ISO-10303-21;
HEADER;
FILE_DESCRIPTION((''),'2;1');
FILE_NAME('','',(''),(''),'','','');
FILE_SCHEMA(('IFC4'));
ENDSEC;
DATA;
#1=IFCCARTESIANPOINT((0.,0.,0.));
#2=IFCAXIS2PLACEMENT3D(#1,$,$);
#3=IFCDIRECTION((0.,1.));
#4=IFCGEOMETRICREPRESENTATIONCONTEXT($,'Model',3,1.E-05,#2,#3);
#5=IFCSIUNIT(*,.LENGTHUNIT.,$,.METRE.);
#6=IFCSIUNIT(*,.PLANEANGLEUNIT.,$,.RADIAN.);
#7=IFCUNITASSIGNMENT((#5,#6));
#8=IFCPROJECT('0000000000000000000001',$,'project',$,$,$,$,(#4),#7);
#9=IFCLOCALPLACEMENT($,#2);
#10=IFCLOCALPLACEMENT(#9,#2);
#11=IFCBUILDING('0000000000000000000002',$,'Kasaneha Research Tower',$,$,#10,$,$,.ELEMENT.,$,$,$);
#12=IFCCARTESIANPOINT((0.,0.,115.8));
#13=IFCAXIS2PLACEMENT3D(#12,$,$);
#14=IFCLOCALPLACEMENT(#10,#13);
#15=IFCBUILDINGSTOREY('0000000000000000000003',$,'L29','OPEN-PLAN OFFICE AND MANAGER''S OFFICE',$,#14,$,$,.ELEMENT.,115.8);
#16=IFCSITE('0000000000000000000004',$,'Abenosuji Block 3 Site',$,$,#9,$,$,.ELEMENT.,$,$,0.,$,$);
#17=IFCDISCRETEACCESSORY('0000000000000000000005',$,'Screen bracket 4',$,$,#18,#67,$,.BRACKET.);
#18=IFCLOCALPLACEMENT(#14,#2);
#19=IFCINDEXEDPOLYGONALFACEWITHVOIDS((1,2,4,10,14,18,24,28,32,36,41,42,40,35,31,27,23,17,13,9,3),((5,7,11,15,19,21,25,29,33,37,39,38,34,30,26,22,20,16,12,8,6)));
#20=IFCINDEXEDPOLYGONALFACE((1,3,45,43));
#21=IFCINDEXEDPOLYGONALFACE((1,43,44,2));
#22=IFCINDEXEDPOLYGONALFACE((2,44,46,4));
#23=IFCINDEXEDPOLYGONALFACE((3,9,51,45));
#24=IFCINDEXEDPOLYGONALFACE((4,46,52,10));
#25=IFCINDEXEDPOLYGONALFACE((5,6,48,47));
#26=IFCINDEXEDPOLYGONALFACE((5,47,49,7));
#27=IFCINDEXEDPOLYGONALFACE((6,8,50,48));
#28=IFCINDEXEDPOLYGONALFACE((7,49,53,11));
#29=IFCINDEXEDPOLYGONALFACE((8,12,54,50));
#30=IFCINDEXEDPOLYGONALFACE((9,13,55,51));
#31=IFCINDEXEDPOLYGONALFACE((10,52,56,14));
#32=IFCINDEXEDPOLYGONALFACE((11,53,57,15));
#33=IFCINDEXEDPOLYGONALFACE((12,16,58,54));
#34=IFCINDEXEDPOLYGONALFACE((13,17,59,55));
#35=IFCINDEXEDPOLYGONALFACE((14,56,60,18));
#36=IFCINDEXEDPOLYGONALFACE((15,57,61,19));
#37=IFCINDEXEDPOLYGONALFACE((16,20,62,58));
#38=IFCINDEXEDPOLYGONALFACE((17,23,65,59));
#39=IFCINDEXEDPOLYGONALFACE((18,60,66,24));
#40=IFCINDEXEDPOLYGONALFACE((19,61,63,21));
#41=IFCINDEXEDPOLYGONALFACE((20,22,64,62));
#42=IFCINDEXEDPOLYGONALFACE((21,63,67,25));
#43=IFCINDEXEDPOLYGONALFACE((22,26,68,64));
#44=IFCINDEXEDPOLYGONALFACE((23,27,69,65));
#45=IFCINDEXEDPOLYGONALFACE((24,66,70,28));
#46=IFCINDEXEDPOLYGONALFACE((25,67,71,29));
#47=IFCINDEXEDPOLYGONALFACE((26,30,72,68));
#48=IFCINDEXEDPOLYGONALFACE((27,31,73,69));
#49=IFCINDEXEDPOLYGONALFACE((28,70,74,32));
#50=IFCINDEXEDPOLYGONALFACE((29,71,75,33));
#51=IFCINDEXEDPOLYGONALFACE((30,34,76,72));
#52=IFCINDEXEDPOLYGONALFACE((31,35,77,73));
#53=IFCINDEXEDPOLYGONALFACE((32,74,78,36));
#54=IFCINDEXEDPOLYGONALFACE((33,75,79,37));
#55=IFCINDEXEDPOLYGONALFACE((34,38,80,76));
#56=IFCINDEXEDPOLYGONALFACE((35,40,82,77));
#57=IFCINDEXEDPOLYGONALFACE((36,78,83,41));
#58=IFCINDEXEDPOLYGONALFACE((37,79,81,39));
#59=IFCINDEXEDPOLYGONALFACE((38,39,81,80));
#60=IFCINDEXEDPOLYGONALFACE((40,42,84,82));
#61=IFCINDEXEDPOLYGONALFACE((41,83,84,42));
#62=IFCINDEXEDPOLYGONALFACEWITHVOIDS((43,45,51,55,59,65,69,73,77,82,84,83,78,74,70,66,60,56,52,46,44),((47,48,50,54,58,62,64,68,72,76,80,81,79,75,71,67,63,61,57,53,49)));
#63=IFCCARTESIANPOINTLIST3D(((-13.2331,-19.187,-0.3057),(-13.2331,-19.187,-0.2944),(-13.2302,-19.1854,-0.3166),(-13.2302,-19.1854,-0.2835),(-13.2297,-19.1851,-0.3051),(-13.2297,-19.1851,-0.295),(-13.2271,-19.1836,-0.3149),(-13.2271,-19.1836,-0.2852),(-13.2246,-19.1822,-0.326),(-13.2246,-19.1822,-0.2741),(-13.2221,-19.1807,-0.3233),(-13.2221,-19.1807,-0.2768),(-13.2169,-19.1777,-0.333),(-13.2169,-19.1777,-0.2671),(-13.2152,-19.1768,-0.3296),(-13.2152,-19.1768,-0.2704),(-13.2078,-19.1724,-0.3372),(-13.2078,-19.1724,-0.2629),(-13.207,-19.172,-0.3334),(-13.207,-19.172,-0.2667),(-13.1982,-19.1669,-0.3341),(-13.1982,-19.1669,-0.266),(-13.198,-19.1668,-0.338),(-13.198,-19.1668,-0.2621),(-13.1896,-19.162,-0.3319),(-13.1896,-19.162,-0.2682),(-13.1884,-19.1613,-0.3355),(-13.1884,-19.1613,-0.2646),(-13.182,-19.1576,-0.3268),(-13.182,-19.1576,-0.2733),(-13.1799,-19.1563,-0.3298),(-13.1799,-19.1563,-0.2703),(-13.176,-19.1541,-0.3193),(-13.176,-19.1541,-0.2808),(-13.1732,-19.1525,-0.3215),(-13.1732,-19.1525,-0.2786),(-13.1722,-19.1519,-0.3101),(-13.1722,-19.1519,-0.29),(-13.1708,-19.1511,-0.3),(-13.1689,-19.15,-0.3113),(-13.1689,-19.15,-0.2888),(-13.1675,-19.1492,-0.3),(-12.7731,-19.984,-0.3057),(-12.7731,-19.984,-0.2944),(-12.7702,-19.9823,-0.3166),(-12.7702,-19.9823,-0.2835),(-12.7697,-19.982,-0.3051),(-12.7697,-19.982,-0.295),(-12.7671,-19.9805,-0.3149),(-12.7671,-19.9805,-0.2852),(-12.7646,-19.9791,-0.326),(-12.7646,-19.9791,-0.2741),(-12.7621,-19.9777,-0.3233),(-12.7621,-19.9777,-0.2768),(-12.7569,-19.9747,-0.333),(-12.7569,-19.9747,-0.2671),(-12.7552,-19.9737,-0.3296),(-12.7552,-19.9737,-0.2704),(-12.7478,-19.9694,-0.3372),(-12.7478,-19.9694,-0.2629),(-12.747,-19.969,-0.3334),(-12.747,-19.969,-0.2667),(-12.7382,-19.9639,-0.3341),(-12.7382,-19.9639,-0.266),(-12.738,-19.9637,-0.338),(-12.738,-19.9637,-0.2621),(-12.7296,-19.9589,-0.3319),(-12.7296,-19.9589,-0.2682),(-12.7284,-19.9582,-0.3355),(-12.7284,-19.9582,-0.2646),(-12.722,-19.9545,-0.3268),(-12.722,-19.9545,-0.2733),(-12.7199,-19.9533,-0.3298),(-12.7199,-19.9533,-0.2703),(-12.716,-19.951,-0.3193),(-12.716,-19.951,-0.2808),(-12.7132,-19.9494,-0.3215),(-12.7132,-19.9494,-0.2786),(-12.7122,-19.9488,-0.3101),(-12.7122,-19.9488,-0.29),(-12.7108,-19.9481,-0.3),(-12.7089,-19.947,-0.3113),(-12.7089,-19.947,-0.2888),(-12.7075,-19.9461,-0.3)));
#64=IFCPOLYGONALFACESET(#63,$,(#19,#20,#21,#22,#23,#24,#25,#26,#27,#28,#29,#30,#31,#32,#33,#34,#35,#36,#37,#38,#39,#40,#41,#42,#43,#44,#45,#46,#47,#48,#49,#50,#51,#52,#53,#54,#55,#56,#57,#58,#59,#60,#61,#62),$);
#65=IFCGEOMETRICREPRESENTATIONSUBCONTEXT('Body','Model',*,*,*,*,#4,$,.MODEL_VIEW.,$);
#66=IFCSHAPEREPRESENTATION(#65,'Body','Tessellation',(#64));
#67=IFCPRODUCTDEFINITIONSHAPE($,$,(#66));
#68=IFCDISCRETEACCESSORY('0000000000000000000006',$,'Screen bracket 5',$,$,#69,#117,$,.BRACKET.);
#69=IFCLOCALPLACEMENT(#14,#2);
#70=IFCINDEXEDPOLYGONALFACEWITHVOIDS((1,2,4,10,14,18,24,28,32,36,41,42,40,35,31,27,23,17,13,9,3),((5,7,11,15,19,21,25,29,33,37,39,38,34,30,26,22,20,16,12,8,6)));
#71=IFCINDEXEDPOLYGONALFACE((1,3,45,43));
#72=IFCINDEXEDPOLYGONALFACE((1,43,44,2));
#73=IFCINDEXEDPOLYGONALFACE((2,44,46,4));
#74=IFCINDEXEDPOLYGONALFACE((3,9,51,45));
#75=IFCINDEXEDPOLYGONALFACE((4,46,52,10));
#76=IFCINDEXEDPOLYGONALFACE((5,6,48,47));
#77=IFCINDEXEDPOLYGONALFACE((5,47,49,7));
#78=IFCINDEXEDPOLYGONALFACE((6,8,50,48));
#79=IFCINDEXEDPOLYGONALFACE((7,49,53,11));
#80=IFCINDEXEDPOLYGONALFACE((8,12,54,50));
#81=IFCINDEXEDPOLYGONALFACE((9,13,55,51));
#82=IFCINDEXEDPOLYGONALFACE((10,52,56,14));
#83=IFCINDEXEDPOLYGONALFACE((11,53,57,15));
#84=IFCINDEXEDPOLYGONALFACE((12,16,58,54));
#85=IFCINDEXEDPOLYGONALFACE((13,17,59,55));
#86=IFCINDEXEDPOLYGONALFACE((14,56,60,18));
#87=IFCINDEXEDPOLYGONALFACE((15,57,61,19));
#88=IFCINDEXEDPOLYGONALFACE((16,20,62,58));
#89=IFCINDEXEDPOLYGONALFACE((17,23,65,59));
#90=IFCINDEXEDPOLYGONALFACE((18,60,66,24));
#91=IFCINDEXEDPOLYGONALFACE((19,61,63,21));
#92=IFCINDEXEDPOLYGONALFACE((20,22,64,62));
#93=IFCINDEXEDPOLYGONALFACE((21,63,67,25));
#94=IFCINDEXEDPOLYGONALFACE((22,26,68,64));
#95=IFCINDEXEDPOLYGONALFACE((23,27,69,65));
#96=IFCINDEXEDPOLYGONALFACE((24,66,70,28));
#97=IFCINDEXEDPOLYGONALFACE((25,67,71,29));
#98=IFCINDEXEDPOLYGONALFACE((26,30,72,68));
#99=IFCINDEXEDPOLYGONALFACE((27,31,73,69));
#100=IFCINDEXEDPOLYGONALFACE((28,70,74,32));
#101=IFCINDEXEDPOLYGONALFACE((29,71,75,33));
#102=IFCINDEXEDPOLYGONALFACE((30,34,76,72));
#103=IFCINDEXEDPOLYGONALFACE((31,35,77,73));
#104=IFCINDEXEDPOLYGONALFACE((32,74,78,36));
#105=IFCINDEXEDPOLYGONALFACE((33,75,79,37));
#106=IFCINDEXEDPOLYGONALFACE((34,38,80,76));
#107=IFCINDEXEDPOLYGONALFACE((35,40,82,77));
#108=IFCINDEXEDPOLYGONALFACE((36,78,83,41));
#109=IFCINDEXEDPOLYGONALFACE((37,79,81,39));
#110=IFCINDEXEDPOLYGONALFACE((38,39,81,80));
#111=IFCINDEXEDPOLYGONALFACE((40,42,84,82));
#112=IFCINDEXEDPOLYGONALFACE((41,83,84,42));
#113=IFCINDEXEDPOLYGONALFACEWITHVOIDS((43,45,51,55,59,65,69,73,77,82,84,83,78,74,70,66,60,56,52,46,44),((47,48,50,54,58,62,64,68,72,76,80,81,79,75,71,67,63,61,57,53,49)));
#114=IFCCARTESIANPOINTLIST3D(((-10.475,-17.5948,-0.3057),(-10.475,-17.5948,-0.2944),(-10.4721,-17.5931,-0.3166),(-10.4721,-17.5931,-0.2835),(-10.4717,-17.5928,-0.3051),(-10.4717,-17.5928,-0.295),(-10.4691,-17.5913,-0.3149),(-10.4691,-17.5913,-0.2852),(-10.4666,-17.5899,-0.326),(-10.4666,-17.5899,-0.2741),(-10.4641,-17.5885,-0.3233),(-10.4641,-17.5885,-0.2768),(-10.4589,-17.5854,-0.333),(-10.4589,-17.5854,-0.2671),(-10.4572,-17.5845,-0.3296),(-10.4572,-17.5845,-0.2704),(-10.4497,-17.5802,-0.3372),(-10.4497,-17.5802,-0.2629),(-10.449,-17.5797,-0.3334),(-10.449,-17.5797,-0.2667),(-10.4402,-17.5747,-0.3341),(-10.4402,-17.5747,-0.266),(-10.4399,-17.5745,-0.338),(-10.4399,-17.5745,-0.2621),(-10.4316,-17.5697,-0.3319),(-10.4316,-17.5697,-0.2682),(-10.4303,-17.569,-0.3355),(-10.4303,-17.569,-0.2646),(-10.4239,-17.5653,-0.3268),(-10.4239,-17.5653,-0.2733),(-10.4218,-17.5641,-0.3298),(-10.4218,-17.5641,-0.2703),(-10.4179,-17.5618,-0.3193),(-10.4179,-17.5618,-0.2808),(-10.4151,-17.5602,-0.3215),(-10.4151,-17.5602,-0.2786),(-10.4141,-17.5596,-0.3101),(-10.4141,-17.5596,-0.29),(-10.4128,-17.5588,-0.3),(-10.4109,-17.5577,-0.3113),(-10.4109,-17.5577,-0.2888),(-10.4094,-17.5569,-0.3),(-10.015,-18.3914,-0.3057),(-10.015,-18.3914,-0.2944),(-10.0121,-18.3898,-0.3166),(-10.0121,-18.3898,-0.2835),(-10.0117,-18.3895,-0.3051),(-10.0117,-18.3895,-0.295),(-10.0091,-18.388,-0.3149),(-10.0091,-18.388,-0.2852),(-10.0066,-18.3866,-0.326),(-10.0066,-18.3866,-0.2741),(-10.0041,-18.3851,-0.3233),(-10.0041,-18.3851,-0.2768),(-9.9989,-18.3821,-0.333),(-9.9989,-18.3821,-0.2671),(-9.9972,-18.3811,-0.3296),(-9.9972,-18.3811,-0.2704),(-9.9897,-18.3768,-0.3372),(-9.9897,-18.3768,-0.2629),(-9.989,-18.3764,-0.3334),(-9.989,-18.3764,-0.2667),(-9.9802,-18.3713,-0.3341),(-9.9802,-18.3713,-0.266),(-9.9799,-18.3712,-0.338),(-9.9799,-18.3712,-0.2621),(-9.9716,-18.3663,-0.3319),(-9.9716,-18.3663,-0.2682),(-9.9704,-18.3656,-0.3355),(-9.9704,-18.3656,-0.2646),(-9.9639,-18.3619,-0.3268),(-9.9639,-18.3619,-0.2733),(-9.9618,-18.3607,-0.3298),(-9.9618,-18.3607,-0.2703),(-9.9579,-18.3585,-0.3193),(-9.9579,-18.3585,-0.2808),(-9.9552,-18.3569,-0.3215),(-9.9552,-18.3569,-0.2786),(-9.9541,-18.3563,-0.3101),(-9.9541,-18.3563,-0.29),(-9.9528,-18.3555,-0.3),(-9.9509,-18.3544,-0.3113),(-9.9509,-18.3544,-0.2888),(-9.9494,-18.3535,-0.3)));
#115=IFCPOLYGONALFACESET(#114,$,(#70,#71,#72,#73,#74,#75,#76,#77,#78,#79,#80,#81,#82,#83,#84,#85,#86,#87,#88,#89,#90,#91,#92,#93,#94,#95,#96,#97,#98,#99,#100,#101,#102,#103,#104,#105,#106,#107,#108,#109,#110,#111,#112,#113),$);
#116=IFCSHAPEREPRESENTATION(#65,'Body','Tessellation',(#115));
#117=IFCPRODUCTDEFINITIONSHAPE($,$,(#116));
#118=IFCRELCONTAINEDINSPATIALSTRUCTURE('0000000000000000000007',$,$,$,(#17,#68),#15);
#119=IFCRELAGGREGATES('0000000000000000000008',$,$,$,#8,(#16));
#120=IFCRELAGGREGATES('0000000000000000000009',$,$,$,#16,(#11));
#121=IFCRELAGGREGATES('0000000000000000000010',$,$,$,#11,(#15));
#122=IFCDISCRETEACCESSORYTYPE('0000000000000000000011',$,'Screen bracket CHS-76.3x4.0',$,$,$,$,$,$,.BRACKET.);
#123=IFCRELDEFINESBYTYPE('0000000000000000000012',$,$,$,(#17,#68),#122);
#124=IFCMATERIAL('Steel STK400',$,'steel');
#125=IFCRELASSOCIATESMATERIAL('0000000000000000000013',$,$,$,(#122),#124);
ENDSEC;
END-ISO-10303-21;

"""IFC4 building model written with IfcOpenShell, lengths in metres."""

from ifc_helpers import new_model, si_unit, direction, frame, origin, origin_2d, place, context, subcontext, project, spatial, hollow_circle, extrude, material, material_profile, profile_set, type_object, element, save


model = new_model("IFC4")

# Units and contexts
model_context = context("Model", 3, precision=1e-05, world=origin(), true_north=direction((0.0, 1.0)))
body_context = subcontext(model_context, "Body", "Model", "MODEL_VIEW")
ifc_project = project(units=[si_unit("LENGTHUNIT", "METRE"), si_unit("PLANEANGLEUNIT", "RADIAN")], contexts=[model_context])

# Site, building, storey
site_placement = place(None, origin())
site = spatial("IfcSite", under=ifc_project, at=site_placement, Name="Abenosuji Block 3 Site", CompositionType="ELEMENT", RefElevation=0.0)
building_placement = place(site_placement, origin())
building = spatial("IfcBuilding", under=site, at=building_placement, Name="Kasaneha Research Tower", CompositionType="ELEMENT")
storey_placement = place(building_placement, frame((0.0, 0.0, 115.8)))
storey = spatial("IfcBuildingStorey", under=building, at=storey_placement, Name="L29", Description="OPEN-PLAN OFFICE AND MANAGER'S OFFICE", CompositionType="ELEMENT", Elevation=115.8)

# Discrete accessories
ifc_material_1 = material(Name="Steel STK400", Category="steel")
ifc_material_profile_1 = material_profile(ifc_material_1, hollow_circle(Radius=0.0381, WallThickness=0.0039, at=origin_2d()), Name="CHS-76.3x4.0")
ifc_profile_set_1 = profile_set([ifc_material_profile_1], Name="Steel STK400")
discrete_accessory_type = type_object("IfcDiscreteAccessoryType", Name="Screen bracket CHS-76.3x4.0", PredefinedType="BRACKET", material=ifc_profile_set_1)
discrete_accessory_1_placement = place(storey_placement, frame((-13.2004, -19.1682, -0.3), z_axis=(0.499906, -0.86608, 0.0), x_axis=(0.86608, 0.499906, 0.0)))
element("IfcDiscreteAccessory", 1, at=discrete_accessory_1_placement, inside=storey, type_object=discrete_accessory_type, Name="Screen bracket 4", PredefinedType="BRACKET", context=body_context, shape_type="SweptSolid", body=[
    extrude(hollow_circle(Radius=0.0381, WallThickness=0.0039, at=origin_2d()), origin(), (0.0, 0.0, 1.0), 0.9202),
])
discrete_accessory_2_placement = place(storey_placement, frame((-10.4424, -17.5759, -0.3), z_axis=(0.500021, -0.866013, 0.0), x_axis=(0.866013, 0.500021, 0.0)))
element("IfcDiscreteAccessory", 2, at=discrete_accessory_2_placement, inside=storey, type_object=discrete_accessory_type, Name="Screen bracket 5", PredefinedType="BRACKET", context=body_context, shape_type="SweptSolid", body=[
    extrude(hollow_circle(Radius=0.0381, WallThickness=0.0039, at=origin_2d()), origin(), (0.0, 0.0, 1.0), 0.9199),
])

save(model, "model.ifc")
